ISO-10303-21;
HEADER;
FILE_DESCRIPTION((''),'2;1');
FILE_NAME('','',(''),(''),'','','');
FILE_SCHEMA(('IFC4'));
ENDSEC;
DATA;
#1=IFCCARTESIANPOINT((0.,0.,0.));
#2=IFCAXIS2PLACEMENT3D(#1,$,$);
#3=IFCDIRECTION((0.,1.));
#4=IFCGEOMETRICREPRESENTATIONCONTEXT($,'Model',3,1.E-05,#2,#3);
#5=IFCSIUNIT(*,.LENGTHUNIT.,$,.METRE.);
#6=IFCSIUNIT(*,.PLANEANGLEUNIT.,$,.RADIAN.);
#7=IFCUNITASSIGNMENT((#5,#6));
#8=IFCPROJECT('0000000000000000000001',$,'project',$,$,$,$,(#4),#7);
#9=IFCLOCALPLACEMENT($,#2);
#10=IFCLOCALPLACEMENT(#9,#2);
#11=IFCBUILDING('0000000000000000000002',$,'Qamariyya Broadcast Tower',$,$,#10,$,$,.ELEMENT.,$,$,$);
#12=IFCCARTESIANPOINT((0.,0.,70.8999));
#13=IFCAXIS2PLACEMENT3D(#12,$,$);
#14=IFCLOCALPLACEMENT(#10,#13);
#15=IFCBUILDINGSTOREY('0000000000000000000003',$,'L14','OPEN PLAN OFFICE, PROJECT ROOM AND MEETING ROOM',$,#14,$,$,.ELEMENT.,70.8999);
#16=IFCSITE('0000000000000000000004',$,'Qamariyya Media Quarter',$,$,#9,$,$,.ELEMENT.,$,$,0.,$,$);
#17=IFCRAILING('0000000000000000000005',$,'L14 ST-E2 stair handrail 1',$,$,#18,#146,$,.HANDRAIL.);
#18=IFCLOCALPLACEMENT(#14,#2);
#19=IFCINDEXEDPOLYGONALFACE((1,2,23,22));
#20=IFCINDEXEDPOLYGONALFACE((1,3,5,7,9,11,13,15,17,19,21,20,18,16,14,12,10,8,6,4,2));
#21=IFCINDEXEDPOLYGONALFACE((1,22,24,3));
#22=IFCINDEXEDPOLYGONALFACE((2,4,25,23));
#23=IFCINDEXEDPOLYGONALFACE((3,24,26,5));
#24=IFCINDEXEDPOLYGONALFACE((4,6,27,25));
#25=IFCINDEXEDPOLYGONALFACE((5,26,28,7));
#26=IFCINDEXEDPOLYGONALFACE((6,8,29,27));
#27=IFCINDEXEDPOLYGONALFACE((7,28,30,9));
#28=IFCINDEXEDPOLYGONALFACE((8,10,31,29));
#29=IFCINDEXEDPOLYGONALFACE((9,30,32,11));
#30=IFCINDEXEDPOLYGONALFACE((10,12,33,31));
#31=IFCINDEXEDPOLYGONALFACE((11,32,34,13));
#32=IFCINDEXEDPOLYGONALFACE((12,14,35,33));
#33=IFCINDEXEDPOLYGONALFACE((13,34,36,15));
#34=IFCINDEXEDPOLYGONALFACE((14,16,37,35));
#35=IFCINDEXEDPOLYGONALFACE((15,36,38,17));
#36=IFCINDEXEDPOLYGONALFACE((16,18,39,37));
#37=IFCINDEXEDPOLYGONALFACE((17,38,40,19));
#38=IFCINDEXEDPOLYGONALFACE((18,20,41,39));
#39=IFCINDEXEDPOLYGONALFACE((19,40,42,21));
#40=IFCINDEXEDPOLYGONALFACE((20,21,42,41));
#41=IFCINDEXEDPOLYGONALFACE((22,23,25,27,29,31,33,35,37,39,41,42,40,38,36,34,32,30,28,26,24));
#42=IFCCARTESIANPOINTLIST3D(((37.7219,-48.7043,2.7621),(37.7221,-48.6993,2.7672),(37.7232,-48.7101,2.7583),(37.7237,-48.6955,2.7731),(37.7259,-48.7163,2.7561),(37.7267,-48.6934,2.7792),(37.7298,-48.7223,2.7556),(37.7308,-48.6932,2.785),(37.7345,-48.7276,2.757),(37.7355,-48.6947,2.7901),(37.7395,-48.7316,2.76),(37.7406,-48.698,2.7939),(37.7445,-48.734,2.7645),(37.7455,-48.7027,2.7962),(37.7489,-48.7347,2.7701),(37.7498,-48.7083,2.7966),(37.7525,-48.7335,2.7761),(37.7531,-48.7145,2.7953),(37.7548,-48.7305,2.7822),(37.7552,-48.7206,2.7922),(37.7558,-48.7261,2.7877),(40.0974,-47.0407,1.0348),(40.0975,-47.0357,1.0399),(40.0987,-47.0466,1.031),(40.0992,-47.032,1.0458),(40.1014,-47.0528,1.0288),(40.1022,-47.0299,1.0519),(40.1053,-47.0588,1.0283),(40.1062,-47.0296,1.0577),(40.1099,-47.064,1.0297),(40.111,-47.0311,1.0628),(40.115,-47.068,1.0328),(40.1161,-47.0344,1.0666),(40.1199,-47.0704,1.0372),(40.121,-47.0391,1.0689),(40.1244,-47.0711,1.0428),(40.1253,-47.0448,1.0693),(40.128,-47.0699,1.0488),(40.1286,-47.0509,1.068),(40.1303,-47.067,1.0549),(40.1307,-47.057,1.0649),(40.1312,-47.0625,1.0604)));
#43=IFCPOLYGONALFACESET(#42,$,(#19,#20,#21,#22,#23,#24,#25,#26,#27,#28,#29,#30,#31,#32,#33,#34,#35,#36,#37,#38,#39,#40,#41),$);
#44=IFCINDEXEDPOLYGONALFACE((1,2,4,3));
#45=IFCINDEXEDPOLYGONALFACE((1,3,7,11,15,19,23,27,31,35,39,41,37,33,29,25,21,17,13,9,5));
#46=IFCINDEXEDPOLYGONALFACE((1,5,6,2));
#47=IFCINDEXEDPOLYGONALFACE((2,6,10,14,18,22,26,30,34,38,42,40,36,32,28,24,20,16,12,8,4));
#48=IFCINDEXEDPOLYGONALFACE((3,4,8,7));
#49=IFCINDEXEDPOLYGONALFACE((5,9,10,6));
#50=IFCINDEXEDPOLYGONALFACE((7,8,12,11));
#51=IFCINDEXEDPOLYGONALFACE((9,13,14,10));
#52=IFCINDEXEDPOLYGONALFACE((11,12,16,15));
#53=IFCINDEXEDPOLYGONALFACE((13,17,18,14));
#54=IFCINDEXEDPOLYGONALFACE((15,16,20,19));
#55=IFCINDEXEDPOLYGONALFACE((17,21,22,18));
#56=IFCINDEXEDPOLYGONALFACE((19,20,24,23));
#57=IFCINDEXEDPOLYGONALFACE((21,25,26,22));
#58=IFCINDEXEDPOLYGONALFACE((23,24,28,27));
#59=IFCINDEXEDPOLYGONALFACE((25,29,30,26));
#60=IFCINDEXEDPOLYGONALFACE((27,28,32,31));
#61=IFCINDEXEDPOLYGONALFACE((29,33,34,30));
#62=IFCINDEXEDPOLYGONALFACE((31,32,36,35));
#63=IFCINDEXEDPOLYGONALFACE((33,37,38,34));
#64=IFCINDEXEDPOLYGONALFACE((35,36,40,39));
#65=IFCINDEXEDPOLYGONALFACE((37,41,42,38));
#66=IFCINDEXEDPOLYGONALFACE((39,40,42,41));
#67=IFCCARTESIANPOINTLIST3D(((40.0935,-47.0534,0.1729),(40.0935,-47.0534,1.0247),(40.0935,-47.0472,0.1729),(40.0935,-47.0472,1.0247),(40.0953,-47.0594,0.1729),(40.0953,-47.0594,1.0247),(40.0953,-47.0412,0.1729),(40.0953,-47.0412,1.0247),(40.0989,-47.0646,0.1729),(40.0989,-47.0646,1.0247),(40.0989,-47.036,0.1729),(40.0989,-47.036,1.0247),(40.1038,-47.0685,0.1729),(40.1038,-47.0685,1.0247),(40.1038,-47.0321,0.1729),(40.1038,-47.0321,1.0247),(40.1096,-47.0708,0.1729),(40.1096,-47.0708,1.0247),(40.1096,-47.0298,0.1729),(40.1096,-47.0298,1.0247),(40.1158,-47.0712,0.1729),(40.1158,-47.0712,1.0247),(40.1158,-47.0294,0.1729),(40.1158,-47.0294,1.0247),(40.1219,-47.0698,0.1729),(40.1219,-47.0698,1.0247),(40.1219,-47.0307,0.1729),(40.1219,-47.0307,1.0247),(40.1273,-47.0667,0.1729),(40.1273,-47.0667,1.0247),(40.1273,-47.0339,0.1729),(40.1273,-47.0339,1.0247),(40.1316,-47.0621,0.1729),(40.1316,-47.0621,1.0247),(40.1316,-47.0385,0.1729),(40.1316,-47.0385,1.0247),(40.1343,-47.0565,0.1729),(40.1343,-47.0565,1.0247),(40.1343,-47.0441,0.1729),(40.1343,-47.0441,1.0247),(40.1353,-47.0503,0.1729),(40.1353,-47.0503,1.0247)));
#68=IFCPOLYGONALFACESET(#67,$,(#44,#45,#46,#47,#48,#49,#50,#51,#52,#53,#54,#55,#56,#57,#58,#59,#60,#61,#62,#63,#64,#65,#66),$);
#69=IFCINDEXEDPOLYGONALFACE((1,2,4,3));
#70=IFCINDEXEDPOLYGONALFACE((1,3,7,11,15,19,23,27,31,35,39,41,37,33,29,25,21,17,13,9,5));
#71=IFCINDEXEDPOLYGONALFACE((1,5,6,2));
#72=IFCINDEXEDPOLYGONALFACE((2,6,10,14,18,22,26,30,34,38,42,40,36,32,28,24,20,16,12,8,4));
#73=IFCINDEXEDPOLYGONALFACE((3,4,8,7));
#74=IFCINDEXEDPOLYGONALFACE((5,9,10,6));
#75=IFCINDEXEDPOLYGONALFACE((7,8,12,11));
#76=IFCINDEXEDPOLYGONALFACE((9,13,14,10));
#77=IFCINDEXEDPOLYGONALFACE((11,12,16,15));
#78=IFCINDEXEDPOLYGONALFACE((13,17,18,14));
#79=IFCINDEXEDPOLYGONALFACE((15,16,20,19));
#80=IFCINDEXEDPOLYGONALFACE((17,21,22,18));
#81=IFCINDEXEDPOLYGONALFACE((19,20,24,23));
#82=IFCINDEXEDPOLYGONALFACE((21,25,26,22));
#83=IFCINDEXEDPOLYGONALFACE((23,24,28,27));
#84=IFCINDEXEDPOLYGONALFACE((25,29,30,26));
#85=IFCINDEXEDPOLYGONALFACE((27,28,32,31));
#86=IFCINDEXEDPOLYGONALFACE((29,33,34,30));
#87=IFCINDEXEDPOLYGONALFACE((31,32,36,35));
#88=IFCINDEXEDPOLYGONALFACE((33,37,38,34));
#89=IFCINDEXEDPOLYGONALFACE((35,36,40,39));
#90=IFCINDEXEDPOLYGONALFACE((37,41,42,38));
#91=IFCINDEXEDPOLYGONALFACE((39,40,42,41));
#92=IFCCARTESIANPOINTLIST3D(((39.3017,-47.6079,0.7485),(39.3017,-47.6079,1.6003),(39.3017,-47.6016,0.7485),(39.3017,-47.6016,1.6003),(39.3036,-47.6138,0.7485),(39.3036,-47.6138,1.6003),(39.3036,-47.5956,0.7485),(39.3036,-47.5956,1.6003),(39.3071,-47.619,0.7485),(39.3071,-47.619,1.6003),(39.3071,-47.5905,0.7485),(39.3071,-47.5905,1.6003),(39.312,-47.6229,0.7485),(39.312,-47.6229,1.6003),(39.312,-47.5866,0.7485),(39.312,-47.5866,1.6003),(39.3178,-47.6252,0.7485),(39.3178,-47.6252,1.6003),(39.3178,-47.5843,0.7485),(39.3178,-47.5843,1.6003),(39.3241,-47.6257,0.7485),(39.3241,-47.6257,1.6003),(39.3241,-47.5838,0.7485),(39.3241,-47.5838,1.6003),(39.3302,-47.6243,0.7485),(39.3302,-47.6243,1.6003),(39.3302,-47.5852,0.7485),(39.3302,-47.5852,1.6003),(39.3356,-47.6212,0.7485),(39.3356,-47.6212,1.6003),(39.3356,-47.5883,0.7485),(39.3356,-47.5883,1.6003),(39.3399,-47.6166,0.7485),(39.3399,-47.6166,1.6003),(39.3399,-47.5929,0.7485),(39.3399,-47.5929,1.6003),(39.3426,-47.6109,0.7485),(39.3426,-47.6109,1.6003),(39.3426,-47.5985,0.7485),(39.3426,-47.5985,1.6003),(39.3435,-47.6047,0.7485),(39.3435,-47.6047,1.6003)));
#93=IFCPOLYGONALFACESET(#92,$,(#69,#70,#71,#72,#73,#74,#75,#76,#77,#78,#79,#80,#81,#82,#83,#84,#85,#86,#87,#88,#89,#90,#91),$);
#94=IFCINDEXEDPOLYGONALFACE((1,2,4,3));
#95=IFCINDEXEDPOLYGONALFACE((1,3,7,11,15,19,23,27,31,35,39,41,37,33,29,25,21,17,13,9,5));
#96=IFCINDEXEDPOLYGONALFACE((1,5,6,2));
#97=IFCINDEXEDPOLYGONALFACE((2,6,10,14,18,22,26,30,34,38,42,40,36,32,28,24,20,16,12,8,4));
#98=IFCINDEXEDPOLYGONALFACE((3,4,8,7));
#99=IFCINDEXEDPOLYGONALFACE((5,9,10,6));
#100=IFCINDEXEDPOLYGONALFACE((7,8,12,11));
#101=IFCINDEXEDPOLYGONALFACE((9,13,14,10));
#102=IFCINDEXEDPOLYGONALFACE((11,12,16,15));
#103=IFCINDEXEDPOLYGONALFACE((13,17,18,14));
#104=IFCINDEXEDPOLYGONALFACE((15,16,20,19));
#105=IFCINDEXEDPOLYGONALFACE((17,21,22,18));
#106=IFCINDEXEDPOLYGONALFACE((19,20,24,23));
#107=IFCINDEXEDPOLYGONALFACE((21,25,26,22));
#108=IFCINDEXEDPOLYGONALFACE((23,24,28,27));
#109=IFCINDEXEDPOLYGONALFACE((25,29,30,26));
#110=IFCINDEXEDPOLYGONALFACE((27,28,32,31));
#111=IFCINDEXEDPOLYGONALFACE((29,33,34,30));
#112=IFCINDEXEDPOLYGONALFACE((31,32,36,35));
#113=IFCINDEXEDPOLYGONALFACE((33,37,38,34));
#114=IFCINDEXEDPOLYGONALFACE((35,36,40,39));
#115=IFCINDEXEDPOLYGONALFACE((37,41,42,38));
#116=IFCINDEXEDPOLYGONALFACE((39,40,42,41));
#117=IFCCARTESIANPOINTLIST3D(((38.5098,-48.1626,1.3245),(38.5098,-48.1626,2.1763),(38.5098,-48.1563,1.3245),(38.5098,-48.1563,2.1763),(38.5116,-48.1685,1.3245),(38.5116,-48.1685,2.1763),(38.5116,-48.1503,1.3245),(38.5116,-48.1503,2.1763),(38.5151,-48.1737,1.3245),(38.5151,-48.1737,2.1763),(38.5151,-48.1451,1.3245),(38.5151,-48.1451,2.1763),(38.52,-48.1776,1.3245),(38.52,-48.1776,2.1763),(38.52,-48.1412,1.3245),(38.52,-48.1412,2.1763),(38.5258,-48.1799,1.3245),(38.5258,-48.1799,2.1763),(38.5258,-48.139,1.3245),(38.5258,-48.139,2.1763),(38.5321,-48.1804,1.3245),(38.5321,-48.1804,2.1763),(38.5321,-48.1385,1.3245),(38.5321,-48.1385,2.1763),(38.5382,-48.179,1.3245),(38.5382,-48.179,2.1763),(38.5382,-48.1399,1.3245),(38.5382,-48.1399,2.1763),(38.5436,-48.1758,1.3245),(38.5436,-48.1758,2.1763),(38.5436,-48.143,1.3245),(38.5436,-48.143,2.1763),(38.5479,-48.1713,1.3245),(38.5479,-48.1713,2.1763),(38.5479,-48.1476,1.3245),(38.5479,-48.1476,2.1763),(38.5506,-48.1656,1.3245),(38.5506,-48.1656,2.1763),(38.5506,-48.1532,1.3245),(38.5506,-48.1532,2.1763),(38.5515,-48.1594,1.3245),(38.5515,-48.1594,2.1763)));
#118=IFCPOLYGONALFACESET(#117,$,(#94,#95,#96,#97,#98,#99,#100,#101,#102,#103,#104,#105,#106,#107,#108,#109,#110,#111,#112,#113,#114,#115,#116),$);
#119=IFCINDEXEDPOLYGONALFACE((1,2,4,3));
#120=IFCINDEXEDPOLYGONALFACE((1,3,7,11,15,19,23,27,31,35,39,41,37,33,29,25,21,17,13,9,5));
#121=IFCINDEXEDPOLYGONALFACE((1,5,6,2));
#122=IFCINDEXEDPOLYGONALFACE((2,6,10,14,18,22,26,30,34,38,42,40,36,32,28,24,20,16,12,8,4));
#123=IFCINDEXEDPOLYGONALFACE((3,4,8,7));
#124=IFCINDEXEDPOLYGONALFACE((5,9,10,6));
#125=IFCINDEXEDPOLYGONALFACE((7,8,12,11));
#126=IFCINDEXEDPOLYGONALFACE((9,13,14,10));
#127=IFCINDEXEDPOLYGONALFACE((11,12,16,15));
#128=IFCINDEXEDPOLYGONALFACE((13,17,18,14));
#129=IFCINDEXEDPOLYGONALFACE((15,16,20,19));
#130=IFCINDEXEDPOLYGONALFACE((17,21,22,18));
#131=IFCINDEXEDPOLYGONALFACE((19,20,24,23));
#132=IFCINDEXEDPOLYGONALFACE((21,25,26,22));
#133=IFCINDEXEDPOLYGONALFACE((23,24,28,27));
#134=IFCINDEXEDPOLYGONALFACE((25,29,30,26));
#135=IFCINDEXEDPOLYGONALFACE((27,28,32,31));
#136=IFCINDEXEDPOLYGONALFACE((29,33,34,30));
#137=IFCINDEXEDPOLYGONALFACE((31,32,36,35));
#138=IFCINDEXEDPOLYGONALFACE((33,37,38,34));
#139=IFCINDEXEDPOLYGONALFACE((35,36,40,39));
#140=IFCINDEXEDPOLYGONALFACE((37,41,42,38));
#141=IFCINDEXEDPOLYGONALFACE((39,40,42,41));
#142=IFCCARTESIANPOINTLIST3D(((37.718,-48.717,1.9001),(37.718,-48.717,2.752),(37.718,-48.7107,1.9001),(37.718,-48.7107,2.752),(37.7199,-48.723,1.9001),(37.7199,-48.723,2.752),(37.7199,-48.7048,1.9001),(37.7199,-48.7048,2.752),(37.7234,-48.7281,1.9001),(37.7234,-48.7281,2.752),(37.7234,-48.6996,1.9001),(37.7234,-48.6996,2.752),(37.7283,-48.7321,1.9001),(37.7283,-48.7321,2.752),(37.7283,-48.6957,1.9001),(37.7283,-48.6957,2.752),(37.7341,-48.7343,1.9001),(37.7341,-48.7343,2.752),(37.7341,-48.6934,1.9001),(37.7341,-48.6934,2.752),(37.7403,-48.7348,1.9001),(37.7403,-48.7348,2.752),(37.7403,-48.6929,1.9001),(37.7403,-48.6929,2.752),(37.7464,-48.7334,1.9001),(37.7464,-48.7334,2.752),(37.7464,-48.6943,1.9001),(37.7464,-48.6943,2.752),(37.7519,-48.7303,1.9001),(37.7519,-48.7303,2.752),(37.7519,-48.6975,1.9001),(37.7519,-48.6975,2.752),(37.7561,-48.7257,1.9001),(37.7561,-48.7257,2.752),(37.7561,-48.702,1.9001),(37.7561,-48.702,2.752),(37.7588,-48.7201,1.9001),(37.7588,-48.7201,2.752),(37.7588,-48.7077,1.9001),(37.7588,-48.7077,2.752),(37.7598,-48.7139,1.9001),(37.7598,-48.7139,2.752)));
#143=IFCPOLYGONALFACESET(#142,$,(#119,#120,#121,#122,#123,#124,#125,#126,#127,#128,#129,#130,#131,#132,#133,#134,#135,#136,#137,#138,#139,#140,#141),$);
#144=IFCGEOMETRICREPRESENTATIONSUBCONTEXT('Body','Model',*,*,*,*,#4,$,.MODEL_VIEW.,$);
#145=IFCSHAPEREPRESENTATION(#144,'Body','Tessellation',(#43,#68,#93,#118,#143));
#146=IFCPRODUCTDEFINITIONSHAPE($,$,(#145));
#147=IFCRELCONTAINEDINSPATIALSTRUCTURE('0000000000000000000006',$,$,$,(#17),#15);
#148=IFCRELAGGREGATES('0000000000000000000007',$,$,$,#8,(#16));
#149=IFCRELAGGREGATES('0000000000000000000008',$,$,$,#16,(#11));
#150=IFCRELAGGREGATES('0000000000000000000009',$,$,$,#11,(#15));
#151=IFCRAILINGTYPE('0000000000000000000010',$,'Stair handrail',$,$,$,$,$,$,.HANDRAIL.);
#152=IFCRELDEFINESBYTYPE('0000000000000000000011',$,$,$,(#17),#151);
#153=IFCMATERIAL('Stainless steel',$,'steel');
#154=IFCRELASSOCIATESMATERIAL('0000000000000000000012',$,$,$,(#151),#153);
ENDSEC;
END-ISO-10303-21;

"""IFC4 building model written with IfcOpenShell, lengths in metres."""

from ifc_helpers import new_model, si_unit, direction, frame, origin, origin_2d, place, context, subcontext, project, spatial, circle, extrude, material, type_object, element, save


model = new_model("IFC4")

# Units and contexts
model_context = context("Model", 3, precision=1e-05, world=origin(), true_north=direction((0.0, 1.0)))
body_context = subcontext(model_context, "Body", "Model", "MODEL_VIEW")
ifc_project = project(units=[si_unit("LENGTHUNIT", "METRE"), si_unit("PLANEANGLEUNIT", "RADIAN")], contexts=[model_context])

# Site, building, storey
site_placement = place(None, origin())
site = spatial("IfcSite", under=ifc_project, at=site_placement, Name="Qamariyya Media Quarter", CompositionType="ELEMENT", RefElevation=0.0)
building_placement = place(site_placement, origin())
building = spatial("IfcBuilding", under=site, at=building_placement, Name="Qamariyya Broadcast Tower", CompositionType="ELEMENT")
storey_placement = place(building_placement, frame((0.0, 0.0, 70.8999)))
storey = spatial("IfcBuildingStorey", under=building, at=storey_placement, Name="L14", Description="OPEN PLAN OFFICE, PROJECT ROOM AND MEETING ROOM", CompositionType="ELEMENT", Elevation=70.8999)

# Railing
ifc_material_1 = material(Name="Stainless steel", Category="steel")
railing_type_1 = type_object("IfcRailingType", Name="Stair handrail", PredefinedType="HANDRAIL", material=ifc_material_1)
railing_1_placement = place(storey_placement, frame((40.1143, -47.0503, 0.1729)))
element("IfcRailing", 1, at=railing_1_placement, inside=storey, type_object=railing_type_1, Name="L14 ST-E2 stair handrail 1", PredefinedType="HANDRAIL", context=body_context, shape_type="SweptSolid", body=[
    extrude(circle(Radius=0.0239, at=origin_2d()), frame((0.0, 0.0, 0.876), z_axis=(-0.703745, -0.492838, 0.511716), x_axis=(0.573632, -0.819113, 0.0)), (0.0, 0.0, 1.0), 3.3755),
    extrude(circle(Radius=0.021, at=origin_2d()), origin(), (0.0, 0.0, 1.0), 0.8518),
    extrude(circle(Radius=0.021, at=origin_2d()), frame((-0.7917, -0.5544, 0.5757)), (0.0, 0.0, 1.0), 0.8518),
    extrude(circle(Radius=0.021, at=origin_2d()), frame((-1.5837, -1.1091, 1.1516)), (0.0, 0.0, 1.0), 0.8518),
    extrude(circle(Radius=0.021, at=origin_2d()), frame((-2.3755, -1.6636, 1.7273)), (0.0, 0.0, 1.0), 0.8518),
])

save(model, "model.ifc")
